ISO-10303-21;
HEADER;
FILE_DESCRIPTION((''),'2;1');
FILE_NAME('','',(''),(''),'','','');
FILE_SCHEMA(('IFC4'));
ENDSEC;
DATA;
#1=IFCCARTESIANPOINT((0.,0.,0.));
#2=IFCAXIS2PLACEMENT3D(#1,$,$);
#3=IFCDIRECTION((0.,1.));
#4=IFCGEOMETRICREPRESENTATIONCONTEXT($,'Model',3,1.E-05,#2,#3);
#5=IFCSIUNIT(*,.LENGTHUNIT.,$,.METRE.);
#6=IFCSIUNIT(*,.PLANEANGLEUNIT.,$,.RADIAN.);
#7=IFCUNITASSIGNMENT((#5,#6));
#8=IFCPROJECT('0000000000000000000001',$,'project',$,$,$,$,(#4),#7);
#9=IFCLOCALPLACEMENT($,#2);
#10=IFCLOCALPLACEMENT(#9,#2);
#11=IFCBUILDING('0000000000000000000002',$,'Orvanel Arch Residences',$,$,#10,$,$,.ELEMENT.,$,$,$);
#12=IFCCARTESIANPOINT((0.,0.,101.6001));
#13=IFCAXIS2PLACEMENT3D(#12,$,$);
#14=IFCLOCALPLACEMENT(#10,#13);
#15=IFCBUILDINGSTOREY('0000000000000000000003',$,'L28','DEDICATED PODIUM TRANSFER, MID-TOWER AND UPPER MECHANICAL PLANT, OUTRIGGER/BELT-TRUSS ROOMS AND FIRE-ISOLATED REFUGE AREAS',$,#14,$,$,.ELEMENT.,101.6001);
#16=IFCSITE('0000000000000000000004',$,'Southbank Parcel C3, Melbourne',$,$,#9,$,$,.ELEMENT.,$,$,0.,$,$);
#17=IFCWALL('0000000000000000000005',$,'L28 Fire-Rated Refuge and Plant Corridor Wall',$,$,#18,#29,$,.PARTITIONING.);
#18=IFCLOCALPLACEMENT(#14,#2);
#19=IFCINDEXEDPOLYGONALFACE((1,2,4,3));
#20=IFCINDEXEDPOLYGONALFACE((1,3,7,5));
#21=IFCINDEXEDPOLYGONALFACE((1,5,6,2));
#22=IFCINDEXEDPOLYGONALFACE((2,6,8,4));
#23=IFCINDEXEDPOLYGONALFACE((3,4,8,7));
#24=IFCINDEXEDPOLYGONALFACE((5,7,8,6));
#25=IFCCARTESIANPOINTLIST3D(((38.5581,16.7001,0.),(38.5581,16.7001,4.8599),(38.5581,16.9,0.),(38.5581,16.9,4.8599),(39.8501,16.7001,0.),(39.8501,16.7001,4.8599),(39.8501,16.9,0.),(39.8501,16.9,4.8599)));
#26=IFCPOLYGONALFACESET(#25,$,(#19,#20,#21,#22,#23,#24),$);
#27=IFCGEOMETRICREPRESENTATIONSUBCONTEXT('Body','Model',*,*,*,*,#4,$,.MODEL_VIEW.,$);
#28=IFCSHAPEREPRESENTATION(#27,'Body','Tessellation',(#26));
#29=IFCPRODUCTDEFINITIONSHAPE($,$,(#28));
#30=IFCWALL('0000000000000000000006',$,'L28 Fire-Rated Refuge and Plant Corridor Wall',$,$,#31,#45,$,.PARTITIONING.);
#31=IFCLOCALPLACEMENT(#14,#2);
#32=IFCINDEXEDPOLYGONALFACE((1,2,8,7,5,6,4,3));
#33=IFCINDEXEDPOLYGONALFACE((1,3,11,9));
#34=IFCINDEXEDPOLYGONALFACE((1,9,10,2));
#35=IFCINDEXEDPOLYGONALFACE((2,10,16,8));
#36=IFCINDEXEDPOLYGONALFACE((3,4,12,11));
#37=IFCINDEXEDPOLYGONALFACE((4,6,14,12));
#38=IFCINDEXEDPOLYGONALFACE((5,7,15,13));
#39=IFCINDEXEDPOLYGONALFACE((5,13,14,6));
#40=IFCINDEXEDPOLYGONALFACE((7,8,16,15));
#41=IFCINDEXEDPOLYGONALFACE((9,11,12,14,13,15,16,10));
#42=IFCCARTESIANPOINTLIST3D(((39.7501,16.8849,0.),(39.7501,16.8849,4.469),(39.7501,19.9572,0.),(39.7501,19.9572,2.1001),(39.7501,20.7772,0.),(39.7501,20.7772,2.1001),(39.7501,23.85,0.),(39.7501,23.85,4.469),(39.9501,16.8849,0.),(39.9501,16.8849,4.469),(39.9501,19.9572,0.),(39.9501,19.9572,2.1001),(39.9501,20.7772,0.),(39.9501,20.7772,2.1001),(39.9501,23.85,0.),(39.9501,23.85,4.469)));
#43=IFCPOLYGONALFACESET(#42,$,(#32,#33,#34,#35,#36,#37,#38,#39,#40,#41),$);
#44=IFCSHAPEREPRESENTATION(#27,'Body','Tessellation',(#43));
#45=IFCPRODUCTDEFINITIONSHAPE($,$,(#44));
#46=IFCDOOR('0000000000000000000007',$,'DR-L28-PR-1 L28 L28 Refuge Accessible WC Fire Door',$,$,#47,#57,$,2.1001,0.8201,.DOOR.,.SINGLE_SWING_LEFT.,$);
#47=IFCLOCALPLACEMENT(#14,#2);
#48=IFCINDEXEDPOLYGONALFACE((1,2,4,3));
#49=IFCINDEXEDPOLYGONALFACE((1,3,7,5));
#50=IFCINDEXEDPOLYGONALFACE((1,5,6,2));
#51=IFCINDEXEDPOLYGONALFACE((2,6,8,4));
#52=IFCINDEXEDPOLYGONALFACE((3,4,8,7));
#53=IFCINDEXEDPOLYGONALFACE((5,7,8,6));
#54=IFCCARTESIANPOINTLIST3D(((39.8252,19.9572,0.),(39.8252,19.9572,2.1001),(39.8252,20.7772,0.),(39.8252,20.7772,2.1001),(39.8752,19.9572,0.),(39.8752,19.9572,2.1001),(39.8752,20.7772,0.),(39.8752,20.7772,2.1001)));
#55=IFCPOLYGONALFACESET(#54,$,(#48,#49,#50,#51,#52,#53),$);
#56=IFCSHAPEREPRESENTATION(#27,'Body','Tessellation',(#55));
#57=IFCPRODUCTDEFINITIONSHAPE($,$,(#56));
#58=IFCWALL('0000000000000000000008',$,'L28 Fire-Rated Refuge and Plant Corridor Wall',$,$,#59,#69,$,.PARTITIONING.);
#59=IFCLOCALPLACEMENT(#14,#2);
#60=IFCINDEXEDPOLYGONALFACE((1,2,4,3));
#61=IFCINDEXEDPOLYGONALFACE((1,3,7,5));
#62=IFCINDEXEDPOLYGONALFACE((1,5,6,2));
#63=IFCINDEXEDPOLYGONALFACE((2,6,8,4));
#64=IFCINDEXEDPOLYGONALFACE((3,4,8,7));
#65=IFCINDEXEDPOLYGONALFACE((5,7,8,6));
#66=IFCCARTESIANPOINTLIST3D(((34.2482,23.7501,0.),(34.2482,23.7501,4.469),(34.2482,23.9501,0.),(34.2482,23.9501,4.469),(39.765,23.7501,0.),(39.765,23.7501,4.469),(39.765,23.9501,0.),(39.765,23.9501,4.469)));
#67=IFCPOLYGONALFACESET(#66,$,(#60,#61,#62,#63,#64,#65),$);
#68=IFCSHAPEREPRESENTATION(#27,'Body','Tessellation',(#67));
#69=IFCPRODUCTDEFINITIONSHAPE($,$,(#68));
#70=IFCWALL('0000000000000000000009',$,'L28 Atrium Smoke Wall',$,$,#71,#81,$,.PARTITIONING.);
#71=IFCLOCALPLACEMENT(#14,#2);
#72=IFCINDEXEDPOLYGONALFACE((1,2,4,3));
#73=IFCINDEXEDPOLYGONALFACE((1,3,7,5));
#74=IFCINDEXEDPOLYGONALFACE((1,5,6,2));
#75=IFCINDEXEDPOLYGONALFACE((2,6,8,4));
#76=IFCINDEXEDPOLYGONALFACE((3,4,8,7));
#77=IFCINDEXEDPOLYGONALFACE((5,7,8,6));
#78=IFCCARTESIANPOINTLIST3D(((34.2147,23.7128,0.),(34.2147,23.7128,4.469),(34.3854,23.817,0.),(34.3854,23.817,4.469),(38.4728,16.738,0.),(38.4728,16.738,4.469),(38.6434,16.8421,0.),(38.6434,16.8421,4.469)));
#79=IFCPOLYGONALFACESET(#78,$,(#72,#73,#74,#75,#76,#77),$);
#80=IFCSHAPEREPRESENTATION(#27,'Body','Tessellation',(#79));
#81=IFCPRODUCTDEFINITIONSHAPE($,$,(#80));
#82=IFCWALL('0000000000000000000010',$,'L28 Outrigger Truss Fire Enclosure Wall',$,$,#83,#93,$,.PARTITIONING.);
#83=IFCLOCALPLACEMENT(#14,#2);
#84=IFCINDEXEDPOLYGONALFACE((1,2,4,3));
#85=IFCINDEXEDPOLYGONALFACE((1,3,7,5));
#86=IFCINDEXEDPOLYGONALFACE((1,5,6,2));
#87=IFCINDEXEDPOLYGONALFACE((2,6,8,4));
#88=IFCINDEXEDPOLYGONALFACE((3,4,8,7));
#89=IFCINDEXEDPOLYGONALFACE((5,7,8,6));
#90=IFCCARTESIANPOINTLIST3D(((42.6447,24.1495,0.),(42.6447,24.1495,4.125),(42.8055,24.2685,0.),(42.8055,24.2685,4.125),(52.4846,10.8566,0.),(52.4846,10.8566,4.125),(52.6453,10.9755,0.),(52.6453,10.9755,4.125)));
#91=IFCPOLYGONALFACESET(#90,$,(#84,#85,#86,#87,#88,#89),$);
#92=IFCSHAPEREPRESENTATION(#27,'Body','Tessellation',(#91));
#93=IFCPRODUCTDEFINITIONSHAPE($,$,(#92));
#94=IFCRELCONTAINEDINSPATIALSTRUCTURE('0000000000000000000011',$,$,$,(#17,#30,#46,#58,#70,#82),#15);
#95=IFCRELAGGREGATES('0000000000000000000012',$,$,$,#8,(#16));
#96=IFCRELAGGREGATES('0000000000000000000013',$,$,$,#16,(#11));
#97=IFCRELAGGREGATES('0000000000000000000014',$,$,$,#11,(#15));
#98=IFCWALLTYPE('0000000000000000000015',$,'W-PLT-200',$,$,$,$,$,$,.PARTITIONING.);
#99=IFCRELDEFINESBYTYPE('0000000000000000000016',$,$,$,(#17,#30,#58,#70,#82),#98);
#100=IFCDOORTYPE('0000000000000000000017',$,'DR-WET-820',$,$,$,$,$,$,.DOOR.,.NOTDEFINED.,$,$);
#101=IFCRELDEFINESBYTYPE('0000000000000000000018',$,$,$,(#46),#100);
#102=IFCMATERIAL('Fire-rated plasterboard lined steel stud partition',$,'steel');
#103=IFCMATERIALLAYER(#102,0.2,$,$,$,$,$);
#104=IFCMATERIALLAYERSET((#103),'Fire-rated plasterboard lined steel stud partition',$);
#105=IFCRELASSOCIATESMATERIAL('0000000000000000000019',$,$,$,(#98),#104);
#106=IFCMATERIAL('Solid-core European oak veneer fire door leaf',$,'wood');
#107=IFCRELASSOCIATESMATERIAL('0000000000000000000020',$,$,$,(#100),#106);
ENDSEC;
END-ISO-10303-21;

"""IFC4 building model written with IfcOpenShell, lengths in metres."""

from ifc_helpers import new_model, si_unit, direction, frame, frame_2d, origin, place, context, subcontext, project, spatial, rectangle, extrude, material, layer, layer_set, type_object, element, fill, save


model = new_model("IFC4")

# Units and contexts
model_context = context("Model", 3, precision=1e-05, world=origin(), true_north=direction((0.0, 1.0)))
body_context = subcontext(model_context, "Body", "Model", "MODEL_VIEW")
ifc_project = project(units=[si_unit("LENGTHUNIT", "METRE"), si_unit("PLANEANGLEUNIT", "RADIAN")], contexts=[model_context])

# Site, building, storey
site_placement = place(None, origin())
site = spatial("IfcSite", under=ifc_project, at=site_placement, Name="Southbank Parcel C3, Melbourne", CompositionType="ELEMENT", RefElevation=0.0)
building_placement = place(site_placement, origin())
building = spatial("IfcBuilding", under=site, at=building_placement, Name="Orvanel Arch Residences", CompositionType="ELEMENT")
storey_placement = place(building_placement, frame((0.0, 0.0, 101.6001)))
storey = spatial("IfcBuildingStorey", under=building, at=storey_placement, Name="L28", Description="DEDICATED PODIUM TRANSFER, MID-TOWER AND UPPER MECHANICAL PLANT, OUTRIGGER/BELT-TRUSS ROOMS AND FIRE-ISOLATED REFUGE AREAS", CompositionType="ELEMENT", Elevation=101.6001)

# Shared definitions
ifc_material_1 = material(Name="Fire-rated plasterboard lined steel stud partition", Category="steel")
ifc_layer_1 = layer(ifc_material_1, 0.2)
ifc_layer_set_1 = layer_set([ifc_layer_1], Name="Fire-rated plasterboard lined steel stud partition")
wall_type_1 = type_object("IfcWallType", Name="W-PLT-200", PredefinedType="PARTITIONING", material=ifc_layer_set_1)

# Wall
wall_1_placement = place(storey_placement, frame((38.5581, 16.8, 0.0), z_axis=(0.0, 0.0, 1.0), x_axis=(1.0, 0.0, 0.0)))
element("IfcWall", 1, at=wall_1_placement, inside=storey, type_object=wall_type_1, Name="L28 Fire-Rated Refuge and Plant Corridor Wall", PredefinedType="PARTITIONING", context=body_context, shape_type="SweptSolid", body=[
    extrude(rectangle(XDim=1.292, YDim=0.2, at=frame_2d((0.646, 0.0))), origin(), (0.0, 0.0, 1.0), 4.8599),
])

# Wall, opening, door
wall_2_placement = place(storey_placement, frame((39.8501, 16.885, 0.0), z_axis=(0.0, 0.0, 1.0), x_axis=(0.0, 1.0, 0.0)))
wall_2 = element("IfcWall", 2, at=wall_2_placement, inside=storey, type_object=wall_type_1, Name="L28 Fire-Rated Refuge and Plant Corridor Wall", PredefinedType="PARTITIONING", context=body_context, shape_type="SweptSolid", body=[
    extrude(rectangle(XDim=6.9651, YDim=0.2, at=frame_2d((3.4824, 0.0))), origin(), (0.0, 0.0, 1.0), 4.469),
])
opening_1_placement = place(wall_2_placement, frame((3.072, 0.0, 0.0)))
opening_1 = element("IfcOpeningElement", 3, at=opening_1_placement, cuts=wall_2, PredefinedType="OPENING", context=body_context, shape_type="SweptSolid", body=[
    extrude(rectangle(XDim=0.8201, YDim=2.1001, at=frame_2d((0.4102, 1.05))), frame((0.0, 0.1099, 0.0), z_axis=(0.0, -1.0, 0.0), x_axis=(1.0, 0.0, 0.0)), (0.0, 0.0, 1.0), 0.22),
])
ifc_material_2 = material(Name="Solid-core European oak veneer fire door leaf", Category="wood")
door_type_1 = type_object("IfcDoorType", Name="DR-WET-820", OperationType="NOTDEFINED", PredefinedType="DOOR", material=ifc_material_2)
door_1_placement = place(opening_1_placement, origin())
door_1 = element("IfcDoor", 4, at=door_1_placement, inside=storey, type_object=door_type_1, Name="DR-L28-PR-1 L28 L28 Refuge Accessible WC Fire Door", OperationType="SINGLE_SWING_LEFT", OverallHeight=2.1001, OverallWidth=0.8201, PredefinedType="DOOR", context=body_context, shape_type="SweptSolid", body=[
    extrude(rectangle(XDim=0.8201, YDim=2.1001, at=frame_2d((0.4102, 1.05))), frame((0.0, 0.0249, 0.0), z_axis=(0.0, -1.0, 0.0), x_axis=(1.0, 0.0, 0.0)), (0.0, 0.0, 1.0), 0.05),
])
fill(opening_1, door_1)

# Walls
wall_3_placement = place(storey_placement, frame((39.7649, 23.8501, 0.0), z_axis=(0.0, 0.0, 1.0), x_axis=(-1.0, 0.0, 0.0)))
element("IfcWall", 5, at=wall_3_placement, inside=storey, type_object=wall_type_1, Name="L28 Fire-Rated Refuge and Plant Corridor Wall", PredefinedType="PARTITIONING", context=body_context, shape_type="SweptSolid", body=[
    extrude(rectangle(XDim=5.5168, YDim=0.2, at=frame_2d((2.7583, 0.0))), origin(), (0.0, 0.0, 1.0), 4.469),
])
wall_4_placement = place(storey_placement, frame((34.3, 23.7649, 0.0), z_axis=(0.0, 0.0, 1.0), x_axis=(0.521062, -0.853519, 0.0)))
element("IfcWall", 6, at=wall_4_placement, inside=storey, type_object=wall_type_1, Name="L28 Atrium Smoke Wall", PredefinedType="PARTITIONING", context=body_context, shape_type="SweptSolid", body=[
    extrude(rectangle(XDim=8.1719, YDim=0.2, at=frame_2d((4.0859, 0.0))), origin(), (0.0, 0.0, 1.0), 4.469),
])
wall_5_placement = place(storey_placement, frame((42.7251, 24.209, 0.0), z_axis=(0.0, 0.0, 1.0), x_axis=(0.594962, -0.803754, 0.0)))
element("IfcWall", 7, at=wall_5_placement, inside=storey, type_object=wall_type_1, Name="L28 Outrigger Truss Fire Enclosure Wall", PredefinedType="PARTITIONING", context=body_context, shape_type="SweptSolid", body=[
    extrude(rectangle(XDim=16.5386, YDim=0.2, at=frame_2d((8.2693, 0.0))), origin(), (0.0, 0.0, 1.0), 4.125),
])

save(model, "model.ifc")
